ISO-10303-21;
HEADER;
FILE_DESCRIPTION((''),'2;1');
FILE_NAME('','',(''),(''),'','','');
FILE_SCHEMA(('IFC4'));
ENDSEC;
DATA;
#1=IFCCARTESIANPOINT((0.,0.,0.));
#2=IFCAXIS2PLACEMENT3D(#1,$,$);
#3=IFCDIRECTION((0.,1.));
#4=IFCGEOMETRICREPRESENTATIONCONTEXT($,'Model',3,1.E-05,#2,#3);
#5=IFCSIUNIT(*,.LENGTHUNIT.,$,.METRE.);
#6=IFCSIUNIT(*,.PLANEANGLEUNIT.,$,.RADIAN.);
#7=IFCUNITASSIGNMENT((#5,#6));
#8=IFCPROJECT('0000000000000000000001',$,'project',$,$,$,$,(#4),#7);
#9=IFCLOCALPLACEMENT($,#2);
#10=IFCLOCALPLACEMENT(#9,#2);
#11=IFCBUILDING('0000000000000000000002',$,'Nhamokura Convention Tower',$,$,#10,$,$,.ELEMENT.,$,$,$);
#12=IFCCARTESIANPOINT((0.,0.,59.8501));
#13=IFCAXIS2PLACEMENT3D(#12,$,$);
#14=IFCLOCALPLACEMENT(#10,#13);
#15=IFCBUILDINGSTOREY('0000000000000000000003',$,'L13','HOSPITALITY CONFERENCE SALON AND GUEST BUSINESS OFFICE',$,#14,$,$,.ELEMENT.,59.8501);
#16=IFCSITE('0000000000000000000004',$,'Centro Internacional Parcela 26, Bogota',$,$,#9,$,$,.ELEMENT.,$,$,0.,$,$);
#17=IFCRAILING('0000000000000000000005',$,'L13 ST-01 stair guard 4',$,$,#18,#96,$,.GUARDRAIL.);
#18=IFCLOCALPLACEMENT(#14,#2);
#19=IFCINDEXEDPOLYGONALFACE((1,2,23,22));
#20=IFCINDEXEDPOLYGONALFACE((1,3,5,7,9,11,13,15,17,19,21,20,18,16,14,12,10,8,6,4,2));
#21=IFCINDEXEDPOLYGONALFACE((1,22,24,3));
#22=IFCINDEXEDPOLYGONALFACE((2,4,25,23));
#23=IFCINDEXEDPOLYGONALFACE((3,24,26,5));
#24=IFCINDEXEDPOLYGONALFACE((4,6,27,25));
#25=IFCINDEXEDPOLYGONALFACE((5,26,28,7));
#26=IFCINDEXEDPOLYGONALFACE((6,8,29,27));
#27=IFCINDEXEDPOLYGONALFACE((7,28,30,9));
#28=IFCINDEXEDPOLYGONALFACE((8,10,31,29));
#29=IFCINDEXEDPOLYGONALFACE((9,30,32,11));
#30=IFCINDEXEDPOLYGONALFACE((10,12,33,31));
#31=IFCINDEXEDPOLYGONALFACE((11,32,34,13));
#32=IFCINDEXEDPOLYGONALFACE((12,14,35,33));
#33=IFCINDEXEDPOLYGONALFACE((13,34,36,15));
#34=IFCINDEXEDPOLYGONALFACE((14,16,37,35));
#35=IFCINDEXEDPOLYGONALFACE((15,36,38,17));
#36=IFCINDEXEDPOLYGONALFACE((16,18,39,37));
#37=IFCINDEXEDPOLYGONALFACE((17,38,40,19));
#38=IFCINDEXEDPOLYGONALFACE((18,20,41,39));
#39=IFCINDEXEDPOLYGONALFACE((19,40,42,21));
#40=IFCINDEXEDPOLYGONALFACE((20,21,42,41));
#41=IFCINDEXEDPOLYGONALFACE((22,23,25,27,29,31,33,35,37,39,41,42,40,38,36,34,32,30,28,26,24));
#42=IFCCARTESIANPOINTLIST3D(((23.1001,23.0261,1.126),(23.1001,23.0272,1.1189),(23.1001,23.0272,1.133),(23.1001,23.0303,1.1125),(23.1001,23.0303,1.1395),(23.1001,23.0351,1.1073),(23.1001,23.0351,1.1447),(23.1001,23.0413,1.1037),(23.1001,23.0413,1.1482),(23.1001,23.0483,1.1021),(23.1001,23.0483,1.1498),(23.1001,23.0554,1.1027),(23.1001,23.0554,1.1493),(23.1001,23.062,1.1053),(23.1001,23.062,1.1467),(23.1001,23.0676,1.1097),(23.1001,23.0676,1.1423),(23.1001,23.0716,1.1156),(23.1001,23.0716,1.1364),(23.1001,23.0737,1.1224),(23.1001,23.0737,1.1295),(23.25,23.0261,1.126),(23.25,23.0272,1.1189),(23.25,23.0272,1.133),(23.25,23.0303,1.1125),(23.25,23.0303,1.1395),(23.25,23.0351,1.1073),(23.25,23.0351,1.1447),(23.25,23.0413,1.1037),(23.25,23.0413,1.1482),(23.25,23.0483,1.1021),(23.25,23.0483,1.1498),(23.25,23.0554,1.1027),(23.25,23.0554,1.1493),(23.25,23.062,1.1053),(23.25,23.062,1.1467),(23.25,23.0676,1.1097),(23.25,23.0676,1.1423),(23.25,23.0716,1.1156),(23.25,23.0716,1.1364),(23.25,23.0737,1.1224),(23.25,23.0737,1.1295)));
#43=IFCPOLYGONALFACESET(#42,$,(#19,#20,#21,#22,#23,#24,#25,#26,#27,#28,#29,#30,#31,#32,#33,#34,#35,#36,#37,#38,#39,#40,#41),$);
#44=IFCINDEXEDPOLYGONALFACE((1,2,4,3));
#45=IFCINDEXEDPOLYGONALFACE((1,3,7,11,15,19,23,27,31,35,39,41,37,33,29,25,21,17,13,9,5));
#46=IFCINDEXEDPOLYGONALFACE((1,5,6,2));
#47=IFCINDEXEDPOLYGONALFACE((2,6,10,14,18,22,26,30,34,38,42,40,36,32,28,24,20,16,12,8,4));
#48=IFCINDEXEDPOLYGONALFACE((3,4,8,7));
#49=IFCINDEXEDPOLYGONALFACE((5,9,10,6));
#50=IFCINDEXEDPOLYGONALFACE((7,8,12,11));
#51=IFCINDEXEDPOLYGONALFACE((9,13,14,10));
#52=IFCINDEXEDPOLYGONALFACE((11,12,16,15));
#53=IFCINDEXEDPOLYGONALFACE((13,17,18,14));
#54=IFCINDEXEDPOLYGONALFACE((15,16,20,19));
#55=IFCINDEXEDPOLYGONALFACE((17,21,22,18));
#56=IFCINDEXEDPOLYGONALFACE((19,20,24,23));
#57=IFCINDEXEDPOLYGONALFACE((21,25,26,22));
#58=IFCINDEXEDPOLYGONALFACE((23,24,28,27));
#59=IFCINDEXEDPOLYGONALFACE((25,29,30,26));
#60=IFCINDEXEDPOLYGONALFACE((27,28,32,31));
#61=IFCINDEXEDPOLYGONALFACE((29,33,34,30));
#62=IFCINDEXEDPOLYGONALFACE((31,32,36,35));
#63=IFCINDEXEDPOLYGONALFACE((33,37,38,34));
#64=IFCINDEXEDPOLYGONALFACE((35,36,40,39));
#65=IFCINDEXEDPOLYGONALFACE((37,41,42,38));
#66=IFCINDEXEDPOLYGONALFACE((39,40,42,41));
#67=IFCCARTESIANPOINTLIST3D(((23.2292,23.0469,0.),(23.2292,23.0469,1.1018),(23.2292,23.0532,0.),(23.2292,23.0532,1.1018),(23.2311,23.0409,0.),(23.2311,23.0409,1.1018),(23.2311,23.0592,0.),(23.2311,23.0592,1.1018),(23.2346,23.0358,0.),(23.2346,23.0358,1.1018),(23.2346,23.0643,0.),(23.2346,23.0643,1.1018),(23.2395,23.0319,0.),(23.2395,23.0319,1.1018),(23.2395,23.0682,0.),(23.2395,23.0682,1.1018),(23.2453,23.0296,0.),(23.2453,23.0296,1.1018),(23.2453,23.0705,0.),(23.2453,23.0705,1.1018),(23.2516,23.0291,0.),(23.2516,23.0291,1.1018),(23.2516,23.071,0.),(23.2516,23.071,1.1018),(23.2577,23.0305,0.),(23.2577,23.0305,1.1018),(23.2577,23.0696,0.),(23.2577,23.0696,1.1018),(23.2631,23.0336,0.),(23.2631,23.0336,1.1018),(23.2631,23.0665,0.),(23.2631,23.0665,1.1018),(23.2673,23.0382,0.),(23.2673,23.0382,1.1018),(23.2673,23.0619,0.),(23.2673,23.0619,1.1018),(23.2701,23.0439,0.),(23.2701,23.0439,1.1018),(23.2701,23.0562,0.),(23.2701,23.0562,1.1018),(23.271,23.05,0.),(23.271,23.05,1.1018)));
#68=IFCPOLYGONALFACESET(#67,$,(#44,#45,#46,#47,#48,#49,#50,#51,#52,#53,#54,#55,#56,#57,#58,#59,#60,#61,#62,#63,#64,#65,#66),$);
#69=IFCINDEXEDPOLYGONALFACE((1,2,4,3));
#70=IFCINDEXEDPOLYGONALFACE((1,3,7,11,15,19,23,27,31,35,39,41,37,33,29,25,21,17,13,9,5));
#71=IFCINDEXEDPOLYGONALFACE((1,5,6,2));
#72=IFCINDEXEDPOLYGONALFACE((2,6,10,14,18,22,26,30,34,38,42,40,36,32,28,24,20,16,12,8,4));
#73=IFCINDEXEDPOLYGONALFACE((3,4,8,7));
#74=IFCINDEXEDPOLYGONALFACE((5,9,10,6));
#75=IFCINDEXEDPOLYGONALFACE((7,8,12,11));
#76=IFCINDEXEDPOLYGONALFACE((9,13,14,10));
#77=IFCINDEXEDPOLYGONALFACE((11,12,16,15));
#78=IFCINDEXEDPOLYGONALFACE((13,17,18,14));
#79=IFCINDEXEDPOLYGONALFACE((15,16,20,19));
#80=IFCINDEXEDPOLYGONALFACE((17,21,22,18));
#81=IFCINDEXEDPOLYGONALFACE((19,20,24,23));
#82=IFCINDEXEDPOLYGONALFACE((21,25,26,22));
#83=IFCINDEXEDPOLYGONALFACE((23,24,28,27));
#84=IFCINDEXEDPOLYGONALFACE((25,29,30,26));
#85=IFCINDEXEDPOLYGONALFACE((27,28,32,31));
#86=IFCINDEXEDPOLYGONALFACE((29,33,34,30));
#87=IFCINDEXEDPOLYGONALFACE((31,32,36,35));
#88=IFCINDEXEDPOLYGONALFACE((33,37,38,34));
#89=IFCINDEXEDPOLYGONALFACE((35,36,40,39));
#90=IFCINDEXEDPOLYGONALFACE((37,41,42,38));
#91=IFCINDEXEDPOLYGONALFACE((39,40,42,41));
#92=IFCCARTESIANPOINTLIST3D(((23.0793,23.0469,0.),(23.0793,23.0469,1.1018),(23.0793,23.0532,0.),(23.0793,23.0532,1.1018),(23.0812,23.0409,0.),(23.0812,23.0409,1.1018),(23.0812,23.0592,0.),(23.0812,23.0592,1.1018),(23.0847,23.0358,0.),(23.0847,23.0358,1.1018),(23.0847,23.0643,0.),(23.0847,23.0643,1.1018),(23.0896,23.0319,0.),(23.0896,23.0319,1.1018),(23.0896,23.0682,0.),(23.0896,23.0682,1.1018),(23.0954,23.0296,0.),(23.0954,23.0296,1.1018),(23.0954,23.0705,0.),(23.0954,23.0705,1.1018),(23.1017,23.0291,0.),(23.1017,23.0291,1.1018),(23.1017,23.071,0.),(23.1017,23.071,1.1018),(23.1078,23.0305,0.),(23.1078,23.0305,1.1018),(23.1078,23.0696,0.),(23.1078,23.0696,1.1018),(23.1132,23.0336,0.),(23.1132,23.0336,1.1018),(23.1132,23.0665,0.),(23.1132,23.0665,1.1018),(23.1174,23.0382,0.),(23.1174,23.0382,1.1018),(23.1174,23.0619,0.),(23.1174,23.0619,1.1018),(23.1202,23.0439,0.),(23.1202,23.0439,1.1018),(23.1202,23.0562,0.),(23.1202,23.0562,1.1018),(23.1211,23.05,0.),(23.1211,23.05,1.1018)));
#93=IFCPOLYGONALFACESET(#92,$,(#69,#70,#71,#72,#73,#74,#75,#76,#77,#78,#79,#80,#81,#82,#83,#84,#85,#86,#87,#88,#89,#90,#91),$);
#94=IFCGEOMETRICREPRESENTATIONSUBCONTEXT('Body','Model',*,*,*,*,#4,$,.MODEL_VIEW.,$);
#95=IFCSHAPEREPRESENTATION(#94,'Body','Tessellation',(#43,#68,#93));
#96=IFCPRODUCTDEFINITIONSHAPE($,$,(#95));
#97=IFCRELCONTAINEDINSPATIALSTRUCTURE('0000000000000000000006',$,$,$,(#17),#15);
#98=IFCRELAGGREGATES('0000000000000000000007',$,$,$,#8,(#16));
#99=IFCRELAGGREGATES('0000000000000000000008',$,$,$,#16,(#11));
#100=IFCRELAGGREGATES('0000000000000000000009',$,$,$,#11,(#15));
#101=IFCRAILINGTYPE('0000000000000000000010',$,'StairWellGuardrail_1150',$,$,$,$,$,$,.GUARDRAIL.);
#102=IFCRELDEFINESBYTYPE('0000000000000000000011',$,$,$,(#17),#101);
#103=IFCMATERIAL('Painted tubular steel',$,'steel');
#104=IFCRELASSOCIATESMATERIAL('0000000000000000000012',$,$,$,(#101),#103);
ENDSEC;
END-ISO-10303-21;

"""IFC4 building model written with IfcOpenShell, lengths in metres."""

from ifc_helpers import new_model, si_unit, direction, frame, origin, origin_2d, place, context, subcontext, project, spatial, circle, extrude, material, type_object, element, save


model = new_model("IFC4")

# Units and contexts
model_context = context("Model", 3, precision=1e-05, world=origin(), true_north=direction((0.0, 1.0)))
body_context = subcontext(model_context, "Body", "Model", "MODEL_VIEW")
ifc_project = project(units=[si_unit("LENGTHUNIT", "METRE"), si_unit("PLANEANGLEUNIT", "RADIAN")], contexts=[model_context])

# Site, building, storey
site_placement = place(None, origin())
site = spatial("IfcSite", under=ifc_project, at=site_placement, Name="Centro Internacional Parcela 26, Bogota", CompositionType="ELEMENT", RefElevation=0.0)
building_placement = place(site_placement, origin())
building = spatial("IfcBuilding", under=site, at=building_placement, Name="Nhamokura Convention Tower", CompositionType="ELEMENT")
storey_placement = place(building_placement, frame((0.0, 0.0, 59.8501)))
storey = spatial("IfcBuildingStorey", under=building, at=storey_placement, Name="L13", Description="HOSPITALITY CONFERENCE SALON AND GUEST BUSINESS OFFICE", CompositionType="ELEMENT", Elevation=59.8501)

# Railing
ifc_material_1 = material(Name="Painted tubular steel", Category="steel")
railing_type_1 = type_object("IfcRailingType", Name="StairWellGuardrail_1150", PredefinedType="GUARDRAIL", material=ifc_material_1)
railing_1_placement = place(storey_placement, frame((23.25, 23.05, 0.0)))
element("IfcRailing", 1, at=railing_1_placement, inside=storey, type_object=railing_type_1, Name="L13 ST-01 stair guard 4", PredefinedType="GUARDRAIL", context=body_context, shape_type="SweptSolid", body=[
    extrude(circle(Radius=0.0239, at=origin_2d()), frame((0.0, 0.0, 1.126), z_axis=(-1.0, 0.0, 0.0), x_axis=(0.0, -1.0, 0.0)), (0.0, 0.0, 1.0), 0.1499),
    extrude(circle(Radius=0.021, at=origin_2d()), origin(), (0.0, 0.0, 1.0), 1.1018),
    extrude(circle(Radius=0.021, at=origin_2d()), frame((-0.1499, 0.0, 0.0)), (0.0, 0.0, 1.0), 1.1018),
])

save(model, "model.ifc")
